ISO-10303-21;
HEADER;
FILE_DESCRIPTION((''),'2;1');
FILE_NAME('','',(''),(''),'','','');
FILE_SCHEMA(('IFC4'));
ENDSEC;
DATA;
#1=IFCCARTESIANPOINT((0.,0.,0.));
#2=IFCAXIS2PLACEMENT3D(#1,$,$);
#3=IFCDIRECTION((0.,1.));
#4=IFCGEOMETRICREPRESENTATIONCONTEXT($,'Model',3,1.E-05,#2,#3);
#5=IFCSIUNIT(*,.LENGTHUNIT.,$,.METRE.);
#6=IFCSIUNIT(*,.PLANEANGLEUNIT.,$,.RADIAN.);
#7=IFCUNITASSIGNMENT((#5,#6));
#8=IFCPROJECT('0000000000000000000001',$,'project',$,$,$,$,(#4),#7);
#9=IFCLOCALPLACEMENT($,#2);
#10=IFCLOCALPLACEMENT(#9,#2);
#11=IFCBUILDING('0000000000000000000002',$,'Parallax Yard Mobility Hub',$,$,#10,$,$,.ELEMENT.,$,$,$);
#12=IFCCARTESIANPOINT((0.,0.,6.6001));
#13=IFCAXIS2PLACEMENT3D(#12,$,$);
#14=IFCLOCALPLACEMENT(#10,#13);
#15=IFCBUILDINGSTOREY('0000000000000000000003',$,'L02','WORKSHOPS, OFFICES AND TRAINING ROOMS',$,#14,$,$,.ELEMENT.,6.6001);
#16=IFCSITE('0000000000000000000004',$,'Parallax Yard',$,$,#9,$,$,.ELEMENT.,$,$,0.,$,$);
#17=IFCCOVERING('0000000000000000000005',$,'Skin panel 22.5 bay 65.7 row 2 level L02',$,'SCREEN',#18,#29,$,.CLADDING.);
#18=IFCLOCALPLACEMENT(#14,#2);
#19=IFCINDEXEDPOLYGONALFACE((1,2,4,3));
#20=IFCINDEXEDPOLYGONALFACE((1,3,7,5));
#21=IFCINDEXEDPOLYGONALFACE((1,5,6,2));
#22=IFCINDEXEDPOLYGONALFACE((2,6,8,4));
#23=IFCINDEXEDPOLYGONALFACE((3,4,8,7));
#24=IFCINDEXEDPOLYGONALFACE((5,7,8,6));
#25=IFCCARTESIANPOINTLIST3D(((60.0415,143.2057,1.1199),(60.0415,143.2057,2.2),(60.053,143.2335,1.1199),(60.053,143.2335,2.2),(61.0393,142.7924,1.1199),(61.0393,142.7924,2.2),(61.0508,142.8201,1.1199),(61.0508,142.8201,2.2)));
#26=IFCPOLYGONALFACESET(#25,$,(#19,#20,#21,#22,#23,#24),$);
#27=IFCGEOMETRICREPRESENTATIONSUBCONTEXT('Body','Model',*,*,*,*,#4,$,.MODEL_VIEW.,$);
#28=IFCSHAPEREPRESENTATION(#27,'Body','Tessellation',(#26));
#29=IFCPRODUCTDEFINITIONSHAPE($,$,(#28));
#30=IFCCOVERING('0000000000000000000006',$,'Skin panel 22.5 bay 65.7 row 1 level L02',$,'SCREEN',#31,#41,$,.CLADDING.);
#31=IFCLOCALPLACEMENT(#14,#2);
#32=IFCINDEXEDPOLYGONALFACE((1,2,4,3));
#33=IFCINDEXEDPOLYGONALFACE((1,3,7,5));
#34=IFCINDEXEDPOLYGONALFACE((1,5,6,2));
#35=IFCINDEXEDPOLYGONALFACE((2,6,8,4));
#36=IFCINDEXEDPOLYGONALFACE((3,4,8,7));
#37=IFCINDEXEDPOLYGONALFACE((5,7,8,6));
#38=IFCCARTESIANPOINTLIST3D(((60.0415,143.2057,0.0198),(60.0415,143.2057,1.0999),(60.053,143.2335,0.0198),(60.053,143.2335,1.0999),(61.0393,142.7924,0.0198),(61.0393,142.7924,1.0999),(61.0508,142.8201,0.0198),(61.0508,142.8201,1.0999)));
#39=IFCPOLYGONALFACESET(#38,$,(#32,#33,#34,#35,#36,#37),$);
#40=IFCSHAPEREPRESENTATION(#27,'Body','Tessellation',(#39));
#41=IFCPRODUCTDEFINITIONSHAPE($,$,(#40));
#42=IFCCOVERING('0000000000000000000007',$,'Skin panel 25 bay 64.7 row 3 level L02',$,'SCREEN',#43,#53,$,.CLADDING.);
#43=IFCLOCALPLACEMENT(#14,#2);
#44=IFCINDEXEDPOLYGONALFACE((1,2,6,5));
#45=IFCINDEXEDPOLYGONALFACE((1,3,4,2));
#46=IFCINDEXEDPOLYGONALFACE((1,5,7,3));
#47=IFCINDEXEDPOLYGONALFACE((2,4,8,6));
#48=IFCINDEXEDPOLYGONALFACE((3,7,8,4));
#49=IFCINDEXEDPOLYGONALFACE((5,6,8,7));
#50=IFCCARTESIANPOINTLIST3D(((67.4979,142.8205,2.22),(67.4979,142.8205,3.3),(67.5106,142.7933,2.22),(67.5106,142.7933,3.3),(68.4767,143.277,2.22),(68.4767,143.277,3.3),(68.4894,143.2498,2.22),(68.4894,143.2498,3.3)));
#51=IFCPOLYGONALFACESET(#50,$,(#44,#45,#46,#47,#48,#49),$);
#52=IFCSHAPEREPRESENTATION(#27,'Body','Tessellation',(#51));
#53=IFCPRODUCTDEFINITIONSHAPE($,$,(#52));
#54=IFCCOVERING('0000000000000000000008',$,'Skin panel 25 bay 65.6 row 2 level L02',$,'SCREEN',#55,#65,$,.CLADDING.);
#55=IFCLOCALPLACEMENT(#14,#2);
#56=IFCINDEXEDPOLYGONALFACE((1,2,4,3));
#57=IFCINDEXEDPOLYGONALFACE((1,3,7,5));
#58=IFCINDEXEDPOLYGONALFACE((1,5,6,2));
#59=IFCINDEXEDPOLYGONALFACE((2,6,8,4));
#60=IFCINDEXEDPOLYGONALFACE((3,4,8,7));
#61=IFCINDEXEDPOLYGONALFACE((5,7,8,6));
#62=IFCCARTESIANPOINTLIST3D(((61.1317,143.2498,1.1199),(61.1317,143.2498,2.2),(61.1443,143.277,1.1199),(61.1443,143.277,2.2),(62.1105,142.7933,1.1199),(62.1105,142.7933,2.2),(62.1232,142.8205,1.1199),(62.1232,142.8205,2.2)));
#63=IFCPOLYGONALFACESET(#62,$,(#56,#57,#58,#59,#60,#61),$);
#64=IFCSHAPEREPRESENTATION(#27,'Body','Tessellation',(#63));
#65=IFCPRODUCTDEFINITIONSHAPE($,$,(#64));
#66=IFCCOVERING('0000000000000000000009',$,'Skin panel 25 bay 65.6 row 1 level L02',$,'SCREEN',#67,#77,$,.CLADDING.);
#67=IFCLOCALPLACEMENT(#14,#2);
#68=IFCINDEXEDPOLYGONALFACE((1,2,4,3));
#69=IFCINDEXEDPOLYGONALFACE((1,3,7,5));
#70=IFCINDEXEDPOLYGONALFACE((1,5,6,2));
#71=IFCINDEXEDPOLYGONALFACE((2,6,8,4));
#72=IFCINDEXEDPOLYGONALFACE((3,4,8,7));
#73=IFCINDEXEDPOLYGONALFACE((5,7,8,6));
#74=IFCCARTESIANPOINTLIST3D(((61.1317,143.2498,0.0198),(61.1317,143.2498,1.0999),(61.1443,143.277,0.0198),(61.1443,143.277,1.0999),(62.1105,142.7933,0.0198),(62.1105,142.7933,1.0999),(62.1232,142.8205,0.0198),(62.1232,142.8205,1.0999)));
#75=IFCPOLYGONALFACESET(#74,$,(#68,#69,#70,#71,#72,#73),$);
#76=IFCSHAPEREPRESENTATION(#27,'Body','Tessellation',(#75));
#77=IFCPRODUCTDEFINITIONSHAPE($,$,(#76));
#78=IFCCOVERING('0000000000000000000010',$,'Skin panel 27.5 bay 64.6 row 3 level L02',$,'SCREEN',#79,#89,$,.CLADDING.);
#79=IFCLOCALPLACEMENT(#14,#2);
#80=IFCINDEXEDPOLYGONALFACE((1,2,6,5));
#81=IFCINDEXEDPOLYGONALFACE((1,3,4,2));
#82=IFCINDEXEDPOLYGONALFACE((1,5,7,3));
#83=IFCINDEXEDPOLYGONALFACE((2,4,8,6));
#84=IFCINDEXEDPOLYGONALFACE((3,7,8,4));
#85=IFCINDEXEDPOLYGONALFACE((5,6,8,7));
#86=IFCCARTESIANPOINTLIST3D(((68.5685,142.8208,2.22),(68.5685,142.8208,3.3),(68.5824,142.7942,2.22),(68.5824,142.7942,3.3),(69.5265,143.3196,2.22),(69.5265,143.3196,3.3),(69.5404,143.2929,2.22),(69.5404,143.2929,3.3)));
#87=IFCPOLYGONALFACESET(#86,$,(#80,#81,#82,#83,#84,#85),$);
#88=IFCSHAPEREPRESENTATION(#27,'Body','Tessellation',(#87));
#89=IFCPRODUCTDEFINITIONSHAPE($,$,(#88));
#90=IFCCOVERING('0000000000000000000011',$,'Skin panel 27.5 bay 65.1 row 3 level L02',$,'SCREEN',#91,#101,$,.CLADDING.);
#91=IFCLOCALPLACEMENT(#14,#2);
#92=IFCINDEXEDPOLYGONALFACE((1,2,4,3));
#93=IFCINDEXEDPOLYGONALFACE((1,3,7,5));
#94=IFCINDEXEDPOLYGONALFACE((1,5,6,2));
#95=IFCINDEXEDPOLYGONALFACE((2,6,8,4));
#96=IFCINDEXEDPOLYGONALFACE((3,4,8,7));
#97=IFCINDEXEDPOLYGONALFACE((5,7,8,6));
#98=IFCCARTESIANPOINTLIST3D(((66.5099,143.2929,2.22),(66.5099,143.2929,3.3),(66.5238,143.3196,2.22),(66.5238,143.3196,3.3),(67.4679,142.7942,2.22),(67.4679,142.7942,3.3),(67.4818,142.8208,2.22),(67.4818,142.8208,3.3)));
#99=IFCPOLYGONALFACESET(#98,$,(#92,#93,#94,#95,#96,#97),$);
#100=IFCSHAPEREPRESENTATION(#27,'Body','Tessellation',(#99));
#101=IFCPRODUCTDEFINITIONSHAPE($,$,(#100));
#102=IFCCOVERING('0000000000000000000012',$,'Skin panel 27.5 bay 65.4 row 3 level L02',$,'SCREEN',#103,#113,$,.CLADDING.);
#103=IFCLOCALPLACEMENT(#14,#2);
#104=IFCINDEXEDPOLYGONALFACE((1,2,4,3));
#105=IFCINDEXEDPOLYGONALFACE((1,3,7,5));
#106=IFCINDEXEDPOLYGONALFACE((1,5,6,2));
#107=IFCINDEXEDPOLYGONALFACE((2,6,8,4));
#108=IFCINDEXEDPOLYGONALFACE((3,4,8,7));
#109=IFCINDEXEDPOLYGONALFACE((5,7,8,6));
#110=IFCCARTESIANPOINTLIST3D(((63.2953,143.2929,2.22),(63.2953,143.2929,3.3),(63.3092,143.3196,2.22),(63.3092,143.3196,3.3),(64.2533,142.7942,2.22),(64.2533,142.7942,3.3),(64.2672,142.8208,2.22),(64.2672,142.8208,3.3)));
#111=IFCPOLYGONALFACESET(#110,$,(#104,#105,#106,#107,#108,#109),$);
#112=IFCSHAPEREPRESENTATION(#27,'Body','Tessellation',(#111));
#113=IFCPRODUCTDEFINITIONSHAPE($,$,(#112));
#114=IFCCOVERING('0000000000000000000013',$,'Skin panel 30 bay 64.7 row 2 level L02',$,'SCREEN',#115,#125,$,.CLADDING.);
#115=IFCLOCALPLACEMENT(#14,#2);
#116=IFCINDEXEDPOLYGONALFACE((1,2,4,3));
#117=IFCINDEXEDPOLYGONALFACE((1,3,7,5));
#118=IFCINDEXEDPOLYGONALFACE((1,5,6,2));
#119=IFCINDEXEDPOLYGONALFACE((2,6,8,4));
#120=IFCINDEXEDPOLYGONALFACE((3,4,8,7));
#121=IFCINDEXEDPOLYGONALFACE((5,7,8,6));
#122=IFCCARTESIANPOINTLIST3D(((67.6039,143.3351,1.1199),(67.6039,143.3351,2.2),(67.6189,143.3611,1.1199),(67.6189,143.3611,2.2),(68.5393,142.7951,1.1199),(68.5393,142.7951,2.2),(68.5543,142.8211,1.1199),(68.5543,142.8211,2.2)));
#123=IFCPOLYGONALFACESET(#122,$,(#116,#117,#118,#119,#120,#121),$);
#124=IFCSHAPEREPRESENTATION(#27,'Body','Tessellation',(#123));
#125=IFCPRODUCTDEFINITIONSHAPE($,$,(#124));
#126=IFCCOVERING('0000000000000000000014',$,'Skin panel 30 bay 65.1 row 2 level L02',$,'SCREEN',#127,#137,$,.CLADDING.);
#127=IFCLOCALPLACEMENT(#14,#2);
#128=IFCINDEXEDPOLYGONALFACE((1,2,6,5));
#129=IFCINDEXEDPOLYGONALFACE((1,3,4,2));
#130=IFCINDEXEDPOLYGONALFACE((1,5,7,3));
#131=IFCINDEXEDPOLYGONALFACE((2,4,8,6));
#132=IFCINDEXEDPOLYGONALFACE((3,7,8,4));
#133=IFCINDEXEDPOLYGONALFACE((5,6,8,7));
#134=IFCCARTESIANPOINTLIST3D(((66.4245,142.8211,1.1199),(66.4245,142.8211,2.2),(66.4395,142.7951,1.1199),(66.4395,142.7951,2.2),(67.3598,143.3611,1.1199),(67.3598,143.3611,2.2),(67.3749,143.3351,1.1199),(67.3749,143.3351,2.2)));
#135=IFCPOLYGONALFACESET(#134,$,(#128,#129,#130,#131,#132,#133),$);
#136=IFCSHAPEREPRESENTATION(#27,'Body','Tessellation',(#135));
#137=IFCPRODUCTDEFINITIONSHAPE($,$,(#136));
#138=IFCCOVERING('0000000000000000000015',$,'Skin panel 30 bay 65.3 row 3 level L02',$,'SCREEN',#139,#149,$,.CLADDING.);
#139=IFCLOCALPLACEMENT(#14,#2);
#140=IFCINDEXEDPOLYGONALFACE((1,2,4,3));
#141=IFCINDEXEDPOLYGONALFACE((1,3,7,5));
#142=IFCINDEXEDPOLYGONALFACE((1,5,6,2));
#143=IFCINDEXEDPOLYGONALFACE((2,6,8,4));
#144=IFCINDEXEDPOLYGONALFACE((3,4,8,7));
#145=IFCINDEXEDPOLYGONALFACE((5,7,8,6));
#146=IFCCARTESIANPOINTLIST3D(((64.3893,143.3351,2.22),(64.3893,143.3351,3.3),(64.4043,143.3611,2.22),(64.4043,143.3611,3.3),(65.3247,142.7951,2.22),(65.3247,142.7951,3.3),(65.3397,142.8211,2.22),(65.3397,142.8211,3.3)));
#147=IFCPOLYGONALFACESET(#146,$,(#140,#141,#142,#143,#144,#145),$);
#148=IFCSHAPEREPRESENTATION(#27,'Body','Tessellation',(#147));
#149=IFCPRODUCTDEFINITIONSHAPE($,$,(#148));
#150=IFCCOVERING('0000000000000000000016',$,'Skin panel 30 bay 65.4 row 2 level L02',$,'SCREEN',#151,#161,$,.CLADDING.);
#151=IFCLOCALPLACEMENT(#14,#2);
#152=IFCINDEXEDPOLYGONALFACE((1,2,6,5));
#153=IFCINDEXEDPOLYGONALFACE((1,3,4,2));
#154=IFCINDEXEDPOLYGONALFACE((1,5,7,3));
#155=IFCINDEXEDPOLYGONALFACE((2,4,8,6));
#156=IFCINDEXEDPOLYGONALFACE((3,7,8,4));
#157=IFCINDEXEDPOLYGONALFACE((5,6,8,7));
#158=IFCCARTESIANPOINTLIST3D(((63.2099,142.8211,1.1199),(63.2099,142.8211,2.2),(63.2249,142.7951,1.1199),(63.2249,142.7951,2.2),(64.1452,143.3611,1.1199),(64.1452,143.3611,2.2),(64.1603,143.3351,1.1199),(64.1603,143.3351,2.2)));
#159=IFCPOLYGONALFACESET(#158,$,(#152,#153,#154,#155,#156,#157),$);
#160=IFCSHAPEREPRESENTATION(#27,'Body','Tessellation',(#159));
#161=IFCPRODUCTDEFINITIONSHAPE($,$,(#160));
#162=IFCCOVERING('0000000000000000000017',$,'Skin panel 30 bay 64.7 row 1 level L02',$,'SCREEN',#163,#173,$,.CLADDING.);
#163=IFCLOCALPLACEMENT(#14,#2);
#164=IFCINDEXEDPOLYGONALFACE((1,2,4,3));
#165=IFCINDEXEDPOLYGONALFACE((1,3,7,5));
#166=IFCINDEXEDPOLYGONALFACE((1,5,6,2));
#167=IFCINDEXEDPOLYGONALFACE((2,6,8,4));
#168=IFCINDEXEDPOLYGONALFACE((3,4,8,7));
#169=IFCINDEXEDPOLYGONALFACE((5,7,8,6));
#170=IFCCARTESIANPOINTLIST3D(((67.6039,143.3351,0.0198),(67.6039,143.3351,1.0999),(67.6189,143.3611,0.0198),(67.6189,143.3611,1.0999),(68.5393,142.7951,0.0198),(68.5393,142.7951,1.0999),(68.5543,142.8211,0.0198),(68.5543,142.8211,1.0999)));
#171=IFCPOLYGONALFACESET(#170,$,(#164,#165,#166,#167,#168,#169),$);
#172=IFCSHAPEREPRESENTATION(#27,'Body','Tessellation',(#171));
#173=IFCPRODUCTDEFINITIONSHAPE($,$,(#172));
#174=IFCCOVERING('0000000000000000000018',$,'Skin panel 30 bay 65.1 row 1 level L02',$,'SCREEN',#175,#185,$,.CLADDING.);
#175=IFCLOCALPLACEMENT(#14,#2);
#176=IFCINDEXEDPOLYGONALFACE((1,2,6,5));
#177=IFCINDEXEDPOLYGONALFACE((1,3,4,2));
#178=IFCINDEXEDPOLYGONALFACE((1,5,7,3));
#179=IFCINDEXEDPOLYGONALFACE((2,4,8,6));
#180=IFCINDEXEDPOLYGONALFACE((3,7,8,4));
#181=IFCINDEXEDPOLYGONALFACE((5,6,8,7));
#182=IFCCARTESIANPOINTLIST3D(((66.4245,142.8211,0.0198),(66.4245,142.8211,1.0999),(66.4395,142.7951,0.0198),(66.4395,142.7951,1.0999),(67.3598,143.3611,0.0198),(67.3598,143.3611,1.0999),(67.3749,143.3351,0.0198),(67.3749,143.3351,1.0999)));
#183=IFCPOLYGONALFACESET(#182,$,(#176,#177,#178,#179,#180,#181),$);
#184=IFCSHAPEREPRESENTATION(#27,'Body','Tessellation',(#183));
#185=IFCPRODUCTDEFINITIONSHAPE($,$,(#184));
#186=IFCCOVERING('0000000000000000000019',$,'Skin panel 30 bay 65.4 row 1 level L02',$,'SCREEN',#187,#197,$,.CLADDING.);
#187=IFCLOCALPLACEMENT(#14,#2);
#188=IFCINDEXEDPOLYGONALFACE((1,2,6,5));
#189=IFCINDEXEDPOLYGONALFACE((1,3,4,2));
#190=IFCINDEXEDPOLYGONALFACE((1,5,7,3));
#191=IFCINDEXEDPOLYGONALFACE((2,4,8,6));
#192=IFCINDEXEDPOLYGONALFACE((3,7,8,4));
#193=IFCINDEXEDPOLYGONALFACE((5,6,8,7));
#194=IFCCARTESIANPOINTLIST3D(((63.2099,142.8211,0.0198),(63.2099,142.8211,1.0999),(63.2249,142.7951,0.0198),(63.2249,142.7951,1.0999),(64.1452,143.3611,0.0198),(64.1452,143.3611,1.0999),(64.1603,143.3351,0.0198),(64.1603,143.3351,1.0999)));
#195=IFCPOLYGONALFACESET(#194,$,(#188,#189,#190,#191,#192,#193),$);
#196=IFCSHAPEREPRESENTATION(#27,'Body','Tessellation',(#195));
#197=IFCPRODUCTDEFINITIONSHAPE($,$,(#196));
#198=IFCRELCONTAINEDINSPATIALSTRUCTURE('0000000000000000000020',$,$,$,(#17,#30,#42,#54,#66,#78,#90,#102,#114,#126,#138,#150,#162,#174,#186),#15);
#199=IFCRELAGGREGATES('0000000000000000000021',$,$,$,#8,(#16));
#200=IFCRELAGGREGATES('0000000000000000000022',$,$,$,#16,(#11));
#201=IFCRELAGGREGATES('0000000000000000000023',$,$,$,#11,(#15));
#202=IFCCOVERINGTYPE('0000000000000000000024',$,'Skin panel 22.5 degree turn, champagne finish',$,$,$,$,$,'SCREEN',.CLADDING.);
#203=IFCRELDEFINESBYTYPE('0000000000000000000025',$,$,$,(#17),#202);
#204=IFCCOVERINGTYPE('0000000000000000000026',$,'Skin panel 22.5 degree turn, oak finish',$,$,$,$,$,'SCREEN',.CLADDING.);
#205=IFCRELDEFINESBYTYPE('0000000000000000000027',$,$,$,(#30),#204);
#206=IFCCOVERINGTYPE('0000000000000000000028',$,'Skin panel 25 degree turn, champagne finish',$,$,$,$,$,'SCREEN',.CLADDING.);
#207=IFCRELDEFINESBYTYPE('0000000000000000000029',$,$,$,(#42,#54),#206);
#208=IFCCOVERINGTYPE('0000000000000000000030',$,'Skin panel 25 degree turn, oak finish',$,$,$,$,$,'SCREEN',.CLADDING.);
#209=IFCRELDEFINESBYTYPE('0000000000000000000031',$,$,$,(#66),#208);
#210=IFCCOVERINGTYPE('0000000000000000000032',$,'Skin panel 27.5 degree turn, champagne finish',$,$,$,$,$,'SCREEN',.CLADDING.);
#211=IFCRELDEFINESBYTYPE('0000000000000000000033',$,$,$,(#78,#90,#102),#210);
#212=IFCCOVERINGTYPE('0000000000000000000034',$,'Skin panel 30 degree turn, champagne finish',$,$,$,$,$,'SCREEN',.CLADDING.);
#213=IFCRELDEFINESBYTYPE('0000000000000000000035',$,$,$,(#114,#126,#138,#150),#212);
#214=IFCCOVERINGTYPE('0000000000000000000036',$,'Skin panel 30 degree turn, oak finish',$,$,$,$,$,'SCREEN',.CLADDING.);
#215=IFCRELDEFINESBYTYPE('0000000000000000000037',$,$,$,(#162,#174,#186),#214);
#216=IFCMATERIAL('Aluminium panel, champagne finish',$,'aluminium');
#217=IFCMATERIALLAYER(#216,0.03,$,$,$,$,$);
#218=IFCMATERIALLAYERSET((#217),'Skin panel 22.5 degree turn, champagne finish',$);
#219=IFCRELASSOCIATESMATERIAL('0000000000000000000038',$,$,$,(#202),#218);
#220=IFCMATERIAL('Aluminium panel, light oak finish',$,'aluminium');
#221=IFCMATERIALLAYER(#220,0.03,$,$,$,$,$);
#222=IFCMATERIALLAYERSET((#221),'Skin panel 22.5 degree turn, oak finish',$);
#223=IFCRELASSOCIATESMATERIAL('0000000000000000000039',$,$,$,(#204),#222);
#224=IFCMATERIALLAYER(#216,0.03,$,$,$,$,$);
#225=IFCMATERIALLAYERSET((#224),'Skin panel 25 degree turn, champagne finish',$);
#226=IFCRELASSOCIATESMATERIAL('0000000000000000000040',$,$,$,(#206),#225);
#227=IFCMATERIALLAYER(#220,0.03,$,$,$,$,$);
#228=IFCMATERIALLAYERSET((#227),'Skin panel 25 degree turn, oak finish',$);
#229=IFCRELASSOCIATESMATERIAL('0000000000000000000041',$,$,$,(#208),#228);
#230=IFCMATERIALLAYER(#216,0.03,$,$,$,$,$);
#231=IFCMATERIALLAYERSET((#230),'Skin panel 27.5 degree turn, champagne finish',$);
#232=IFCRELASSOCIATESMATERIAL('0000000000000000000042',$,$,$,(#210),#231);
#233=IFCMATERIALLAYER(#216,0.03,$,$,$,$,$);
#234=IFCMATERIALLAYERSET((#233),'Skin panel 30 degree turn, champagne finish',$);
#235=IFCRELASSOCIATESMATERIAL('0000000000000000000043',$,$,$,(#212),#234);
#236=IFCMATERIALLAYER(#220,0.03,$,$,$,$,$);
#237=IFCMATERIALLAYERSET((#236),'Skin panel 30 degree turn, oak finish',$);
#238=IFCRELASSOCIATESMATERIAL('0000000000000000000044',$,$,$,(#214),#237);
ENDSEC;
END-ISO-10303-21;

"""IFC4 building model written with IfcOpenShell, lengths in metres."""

from ifc_helpers import new_model, si_unit, direction, frame, origin, origin_2d, place, context, subcontext, project, spatial, rectangle, extrude, material, layer, layer_set, type_object, element, save


model = new_model("IFC4")

# Units and contexts
model_context = context("Model", 3, precision=1e-05, world=origin(), true_north=direction((0.0, 1.0)))
body_context = subcontext(model_context, "Body", "Model", "MODEL_VIEW")
ifc_project = project(units=[si_unit("LENGTHUNIT", "METRE"), si_unit("PLANEANGLEUNIT", "RADIAN")], contexts=[model_context])

# Site, building, storey
site_placement = place(None, origin())
site = spatial("IfcSite", under=ifc_project, at=site_placement, Name="Parallax Yard", CompositionType="ELEMENT", RefElevation=0.0)
building_placement = place(site_placement, origin())
building = spatial("IfcBuilding", under=site, at=building_placement, Name="Parallax Yard Mobility Hub", CompositionType="ELEMENT")
storey_placement = place(building_placement, frame((0.0, 0.0, 6.6001)))
storey = spatial("IfcBuildingStorey", under=building, at=storey_placement, Name="L02", Description="WORKSHOPS, OFFICES AND TRAINING ROOMS", CompositionType="ELEMENT", Elevation=6.6001)

# Coverings
ifc_material_1 = material(Name="Aluminium panel, champagne finish", Category="aluminium")
ifc_layer_1 = layer(ifc_material_1, 0.03)
ifc_layer_set_1 = layer_set([ifc_layer_1], Name="Skin panel 22.5 degree turn, champagne finish")
covering_type_1 = type_object("IfcCoveringType", Name="Skin panel 22.5 degree turn, champagne finish", ElementType="SCREEN", PredefinedType="CLADDING", material=ifc_layer_set_1)
covering_1_placement = place(storey_placement, frame((60.5461, 143.0129, 1.1199), z_axis=(0.0, 0.0, 1.0), x_axis=(-0.92388, 0.382683, 0.0)))
element("IfcCovering", 1, at=covering_1_placement, inside=storey, type_object=covering_type_1, Name="Skin panel 22.5 bay 65.7 row 2 level L02", ObjectType="SCREEN", PredefinedType="CLADDING", context=body_context, shape_type="SweptSolid", body=[
    extrude(rectangle(XDim=1.0801, YDim=0.03, at=origin_2d()), origin(), (0.0, 0.0, 1.0), 1.0801),
])
ifc_material_2 = material(Name="Aluminium panel, light oak finish", Category="aluminium")
ifc_layer_2 = layer(ifc_material_2, 0.03)
ifc_layer_set_2 = layer_set([ifc_layer_2], Name="Skin panel 22.5 degree turn, oak finish")
covering_type_2 = type_object("IfcCoveringType", Name="Skin panel 22.5 degree turn, oak finish", ElementType="SCREEN", PredefinedType="CLADDING", material=ifc_layer_set_2)
covering_2_placement = place(storey_placement, frame((60.5461, 143.0129, 0.0198), z_axis=(0.0, 0.0, 1.0), x_axis=(-0.92388, 0.382683, 0.0)))
element("IfcCovering", 2, at=covering_2_placement, inside=storey, type_object=covering_type_2, Name="Skin panel 22.5 bay 65.7 row 1 level L02", ObjectType="SCREEN", PredefinedType="CLADDING", context=body_context, shape_type="SweptSolid", body=[
    extrude(rectangle(XDim=1.0801, YDim=0.03, at=origin_2d()), origin(), (0.0, 0.0, 1.0), 1.0801),
])
ifc_layer_3 = layer(ifc_material_1, 0.03)
ifc_layer_set_3 = layer_set([ifc_layer_3], Name="Skin panel 25 degree turn, champagne finish")
covering_type_3 = type_object("IfcCoveringType", Name="Skin panel 25 degree turn, champagne finish", ElementType="SCREEN", PredefinedType="CLADDING", material=ifc_layer_set_3)
for number, where, z_axis, x_axis, name in (
    (3, (67.9937, 143.0352, 2.22), (0.0, 0.0, 1.0), (0.906308, 0.422618, 0.0), "Skin panel 25 bay 64.7 row 3 level L02"),
    (4, (61.6274, 143.0352, 1.1199), (0.0, 0.0, 1.0), (-0.906308, 0.422618, 0.0), "Skin panel 25 bay 65.6 row 2 level L02"),
):
    element("IfcCovering", number, at=place(storey_placement, frame(where, z_axis=z_axis, x_axis=x_axis)), inside=storey, type_object=covering_type_3, Name=name, ObjectType="SCREEN", PredefinedType="CLADDING", context=body_context, shape_type="SweptSolid", body=[
        extrude(rectangle(XDim=1.0801, YDim=0.03, at=origin_2d()), origin(), (0.0, 0.0, 1.0), 1.0801),
    ])
ifc_layer_4 = layer(ifc_material_2, 0.03)
ifc_layer_set_4 = layer_set([ifc_layer_4], Name="Skin panel 25 degree turn, oak finish")
covering_type_4 = type_object("IfcCoveringType", Name="Skin panel 25 degree turn, oak finish", ElementType="SCREEN", PredefinedType="CLADDING", material=ifc_layer_set_4)
covering_3_placement = place(storey_placement, frame((61.6274, 143.0352, 0.0198), z_axis=(0.0, 0.0, 1.0), x_axis=(-0.906308, 0.422618, 0.0)))
element("IfcCovering", 5, at=covering_3_placement, inside=storey, type_object=covering_type_4, Name="Skin panel 25 bay 65.6 row 1 level L02", ObjectType="SCREEN", PredefinedType="CLADDING", context=body_context, shape_type="SweptSolid", body=[
    extrude(rectangle(XDim=1.0801, YDim=0.03, at=origin_2d()), origin(), (0.0, 0.0, 1.0), 1.0801),
])
ifc_layer_5 = layer(ifc_material_1, 0.03)
ifc_layer_set_5 = layer_set([ifc_layer_5], Name="Skin panel 27.5 degree turn, champagne finish")
covering_type_5 = type_object("IfcCoveringType", Name="Skin panel 27.5 degree turn, champagne finish", ElementType="SCREEN", PredefinedType="CLADDING", material=ifc_layer_set_5)
for number, where, z_axis, x_axis, name in (
    (6, (69.0544, 143.0569, 2.22), (0.0, 0.0, 1.0), (0.887011, 0.461749, 0.0), "Skin panel 27.5 bay 64.6 row 3 level L02"),
    (7, (66.9958, 143.0569, 2.22), (0.0, 0.0, 1.0), (-0.887011, 0.461749, 0.0), "Skin panel 27.5 bay 65.1 row 3 level L02"),
    (8, (63.7812, 143.0569, 2.22), (0.0, 0.0, 1.0), (-0.887011, 0.461749, 0.0), "Skin panel 27.5 bay 65.4 row 3 level L02"),
):
    element("IfcCovering", number, at=place(storey_placement, frame(where, z_axis=z_axis, x_axis=x_axis)), inside=storey, type_object=covering_type_5, Name=name, ObjectType="SCREEN", PredefinedType="CLADDING", context=body_context, shape_type="SweptSolid", body=[
        extrude(rectangle(XDim=1.0801, YDim=0.03, at=origin_2d()), origin(), (0.0, 0.0, 1.0), 1.0801),
    ])
ifc_layer_6 = layer(ifc_material_1, 0.03)
ifc_layer_set_6 = layer_set([ifc_layer_6], Name="Skin panel 30 degree turn, champagne finish")
covering_type_6 = type_object("IfcCoveringType", Name="Skin panel 30 degree turn, champagne finish", ElementType="SCREEN", PredefinedType="CLADDING", material=ifc_layer_set_6)
for number, where, z_axis, x_axis, name in (
    (9, (68.0791, 143.0781, 1.1199), (0.0, 0.0, 1.0), (-0.866025, 0.5, 0.0), "Skin panel 30 bay 64.7 row 2 level L02"),
    (10, (66.8997, 143.0781, 1.1199), (0.0, 0.0, 1.0), (0.866025, 0.5, 0.0), "Skin panel 30 bay 65.1 row 2 level L02"),
    (11, (64.8645, 143.0781, 2.22), (0.0, 0.0, 1.0), (-0.866025, 0.5, 0.0), "Skin panel 30 bay 65.3 row 3 level L02"),
    (12, (63.6851, 143.0781, 1.1199), (0.0, 0.0, 1.0), (0.866025, 0.5, 0.0), "Skin panel 30 bay 65.4 row 2 level L02"),
):
    element("IfcCovering", number, at=place(storey_placement, frame(where, z_axis=z_axis, x_axis=x_axis)), inside=storey, type_object=covering_type_6, Name=name, ObjectType="SCREEN", PredefinedType="CLADDING", context=body_context, shape_type="SweptSolid", body=[
        extrude(rectangle(XDim=1.0801, YDim=0.03, at=origin_2d()), origin(), (0.0, 0.0, 1.0), 1.0801),
    ])
ifc_layer_7 = layer(ifc_material_2, 0.03)
ifc_layer_set_7 = layer_set([ifc_layer_7], Name="Skin panel 30 degree turn, oak finish")
covering_type_7 = type_object("IfcCoveringType", Name="Skin panel 30 degree turn, oak finish", ElementType="SCREEN", PredefinedType="CLADDING", material=ifc_layer_set_7)
for number, where, z_axis, x_axis, name in (
    (13, (68.0791, 143.0781, 0.0198), (0.0, 0.0, 1.0), (-0.866025, 0.5, 0.0), "Skin panel 30 bay 64.7 row 1 level L02"),
    (14, (66.8997, 143.0781, 0.0198), (0.0, 0.0, 1.0), (0.866025, 0.5, 0.0), "Skin panel 30 bay 65.1 row 1 level L02"),
    (15, (63.6851, 143.0781, 0.0198), (0.0, 0.0, 1.0), (0.866025, 0.5, 0.0), "Skin panel 30 bay 65.4 row 1 level L02"),
):
    element("IfcCovering", number, at=place(storey_placement, frame(where, z_axis=z_axis, x_axis=x_axis)), inside=storey, type_object=covering_type_7, Name=name, ObjectType="SCREEN", PredefinedType="CLADDING", context=body_context, shape_type="SweptSolid", body=[
        extrude(rectangle(XDim=1.0801, YDim=0.03, at=origin_2d()), origin(), (0.0, 0.0, 1.0), 1.0801),
    ])

save(model, "model.ifc")
